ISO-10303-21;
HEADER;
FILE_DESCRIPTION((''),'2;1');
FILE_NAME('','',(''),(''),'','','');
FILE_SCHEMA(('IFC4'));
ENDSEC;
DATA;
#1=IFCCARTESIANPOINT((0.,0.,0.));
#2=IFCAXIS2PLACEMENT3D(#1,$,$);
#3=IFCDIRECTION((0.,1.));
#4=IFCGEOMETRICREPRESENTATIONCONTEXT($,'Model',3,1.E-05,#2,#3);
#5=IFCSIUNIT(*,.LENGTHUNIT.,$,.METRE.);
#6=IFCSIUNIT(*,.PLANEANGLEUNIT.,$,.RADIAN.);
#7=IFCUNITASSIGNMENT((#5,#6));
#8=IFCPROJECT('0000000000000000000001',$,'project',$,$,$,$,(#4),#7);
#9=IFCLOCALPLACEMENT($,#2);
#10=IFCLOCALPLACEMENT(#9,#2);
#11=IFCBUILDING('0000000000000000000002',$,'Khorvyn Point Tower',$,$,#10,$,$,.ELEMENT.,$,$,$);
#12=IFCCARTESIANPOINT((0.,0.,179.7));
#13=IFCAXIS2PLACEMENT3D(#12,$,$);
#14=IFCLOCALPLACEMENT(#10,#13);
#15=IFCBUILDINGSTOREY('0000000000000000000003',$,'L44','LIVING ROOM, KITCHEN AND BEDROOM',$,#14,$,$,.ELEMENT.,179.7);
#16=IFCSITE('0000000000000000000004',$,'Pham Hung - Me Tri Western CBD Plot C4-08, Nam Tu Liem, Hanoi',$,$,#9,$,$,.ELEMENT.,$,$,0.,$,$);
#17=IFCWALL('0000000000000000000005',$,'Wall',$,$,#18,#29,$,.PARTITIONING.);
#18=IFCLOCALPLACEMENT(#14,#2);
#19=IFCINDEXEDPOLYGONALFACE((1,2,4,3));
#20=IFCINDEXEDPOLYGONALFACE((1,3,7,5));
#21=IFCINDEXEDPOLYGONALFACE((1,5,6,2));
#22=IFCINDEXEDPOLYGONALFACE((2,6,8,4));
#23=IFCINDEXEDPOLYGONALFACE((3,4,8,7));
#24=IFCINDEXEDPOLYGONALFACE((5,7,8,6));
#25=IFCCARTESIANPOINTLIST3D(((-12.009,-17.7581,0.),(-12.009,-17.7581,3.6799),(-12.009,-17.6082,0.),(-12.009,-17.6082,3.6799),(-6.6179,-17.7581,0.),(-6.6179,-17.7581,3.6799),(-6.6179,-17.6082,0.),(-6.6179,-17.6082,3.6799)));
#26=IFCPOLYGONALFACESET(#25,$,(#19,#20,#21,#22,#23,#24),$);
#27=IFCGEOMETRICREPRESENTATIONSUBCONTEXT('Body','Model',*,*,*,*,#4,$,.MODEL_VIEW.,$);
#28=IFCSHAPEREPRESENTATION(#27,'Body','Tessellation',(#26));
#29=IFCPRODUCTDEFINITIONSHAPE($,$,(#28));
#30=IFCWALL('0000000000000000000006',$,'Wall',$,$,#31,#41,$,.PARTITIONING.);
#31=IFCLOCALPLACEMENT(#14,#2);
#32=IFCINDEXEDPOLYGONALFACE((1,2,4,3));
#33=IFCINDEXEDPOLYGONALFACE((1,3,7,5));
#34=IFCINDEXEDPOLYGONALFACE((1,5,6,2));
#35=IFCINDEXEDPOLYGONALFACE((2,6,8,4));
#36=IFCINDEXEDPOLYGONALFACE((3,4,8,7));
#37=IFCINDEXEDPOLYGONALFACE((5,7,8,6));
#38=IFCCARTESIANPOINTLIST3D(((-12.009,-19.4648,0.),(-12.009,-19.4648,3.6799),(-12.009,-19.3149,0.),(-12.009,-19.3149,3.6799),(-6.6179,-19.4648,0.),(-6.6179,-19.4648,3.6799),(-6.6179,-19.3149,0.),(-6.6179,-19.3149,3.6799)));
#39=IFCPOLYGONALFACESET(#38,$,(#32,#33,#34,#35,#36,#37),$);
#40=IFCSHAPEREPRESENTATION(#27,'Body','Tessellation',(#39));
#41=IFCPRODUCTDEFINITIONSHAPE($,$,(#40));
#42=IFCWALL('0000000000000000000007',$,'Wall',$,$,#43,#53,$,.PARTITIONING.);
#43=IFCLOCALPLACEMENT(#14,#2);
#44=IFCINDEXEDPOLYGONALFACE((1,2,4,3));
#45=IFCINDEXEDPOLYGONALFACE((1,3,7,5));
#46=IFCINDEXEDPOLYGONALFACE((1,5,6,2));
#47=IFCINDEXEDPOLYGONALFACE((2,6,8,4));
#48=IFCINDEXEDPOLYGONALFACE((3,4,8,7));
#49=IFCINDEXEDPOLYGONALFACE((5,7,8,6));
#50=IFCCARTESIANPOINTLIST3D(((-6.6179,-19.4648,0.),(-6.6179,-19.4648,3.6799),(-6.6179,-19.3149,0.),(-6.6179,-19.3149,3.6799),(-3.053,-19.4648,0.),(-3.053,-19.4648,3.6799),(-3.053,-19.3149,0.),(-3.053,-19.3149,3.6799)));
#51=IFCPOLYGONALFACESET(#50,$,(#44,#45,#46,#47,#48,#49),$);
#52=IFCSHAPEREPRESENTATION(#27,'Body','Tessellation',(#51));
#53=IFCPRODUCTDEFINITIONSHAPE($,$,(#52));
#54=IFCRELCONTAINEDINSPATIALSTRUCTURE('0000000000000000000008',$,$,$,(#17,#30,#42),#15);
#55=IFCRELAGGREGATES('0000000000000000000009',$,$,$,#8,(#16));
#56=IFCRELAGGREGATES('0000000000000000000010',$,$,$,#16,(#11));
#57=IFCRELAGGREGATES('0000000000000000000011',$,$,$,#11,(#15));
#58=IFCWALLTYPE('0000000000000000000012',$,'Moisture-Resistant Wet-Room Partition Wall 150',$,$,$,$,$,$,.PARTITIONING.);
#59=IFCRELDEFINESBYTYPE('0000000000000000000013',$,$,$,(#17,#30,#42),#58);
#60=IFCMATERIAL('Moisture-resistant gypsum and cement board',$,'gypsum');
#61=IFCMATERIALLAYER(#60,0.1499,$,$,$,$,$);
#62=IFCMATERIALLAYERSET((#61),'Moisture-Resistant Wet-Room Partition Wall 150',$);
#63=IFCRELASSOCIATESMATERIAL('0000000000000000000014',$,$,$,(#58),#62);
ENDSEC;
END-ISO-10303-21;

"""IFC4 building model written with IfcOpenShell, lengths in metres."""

from ifc_helpers import new_model, si_unit, direction, frame, frame_2d, origin, place, context, subcontext, project, spatial, rectangle, extrude, material, layer, layer_set, type_object, element, save


model = new_model("IFC4")

# Units and contexts
model_context = context("Model", 3, precision=1e-05, world=origin(), true_north=direction((0.0, 1.0)))
body_context = subcontext(model_context, "Body", "Model", "MODEL_VIEW")
ifc_project = project(units=[si_unit("LENGTHUNIT", "METRE"), si_unit("PLANEANGLEUNIT", "RADIAN")], contexts=[model_context])

# Site, building, storey
site_placement = place(None, origin())
site = spatial("IfcSite", under=ifc_project, at=site_placement, Name="Pham Hung - Me Tri Western CBD Plot C4-08, Nam Tu Liem, Hanoi", CompositionType="ELEMENT", RefElevation=0.0)
building_placement = place(site_placement, origin())
building = spatial("IfcBuilding", under=site, at=building_placement, Name="Khorvyn Point Tower", CompositionType="ELEMENT")
storey_placement = place(building_placement, frame((0.0, 0.0, 179.7)))
storey = spatial("IfcBuildingStorey", under=building, at=storey_placement, Name="L44", Description="LIVING ROOM, KITCHEN AND BEDROOM", CompositionType="ELEMENT", Elevation=179.7)

# Shared definitions
ifc_material_1 = material(Name="Moisture-resistant gypsum and cement board", Category="gypsum")
ifc_layer_1 = layer(ifc_material_1, 0.1499)
ifc_layer_set_1 = layer_set([ifc_layer_1], Name="Moisture-Resistant Wet-Room Partition Wall 150")
wall_type_1 = type_object("IfcWallType", Name="Moisture-Resistant Wet-Room Partition Wall 150", PredefinedType="PARTITIONING", material=ifc_layer_set_1)

# Walls
for number, where, z_axis, x_axis, name in (
    (1, (-12.009, -17.6831, 0.0), (0.0, 0.0, 1.0), (1.0, 0.0, 0.0), "Wall"),
    (2, (-12.009, -19.3899, 0.0), (0.0, 0.0, 1.0), (1.0, 0.0, 0.0), "Wall"),
):
    element("IfcWall", number, at=place(storey_placement, frame(where, z_axis=z_axis, x_axis=x_axis)), inside=storey, type_object=wall_type_1, Name=name, PredefinedType="PARTITIONING", context=body_context, shape_type="SweptSolid", body=[
        extrude(rectangle(XDim=5.3911, YDim=0.1499, at=frame_2d((2.6956, 0.0))), origin(), (0.0, 0.0, 1.0), 3.6799),
    ])
wall_1_placement = place(storey_placement, frame((-6.6179, -19.3899, 0.0), z_axis=(0.0, 0.0, 1.0), x_axis=(1.0, 0.0, 0.0)))
element("IfcWall", 3, at=wall_1_placement, inside=storey, type_object=wall_type_1, Name="Wall", PredefinedType="PARTITIONING", context=body_context, shape_type="SweptSolid", body=[
    extrude(rectangle(XDim=3.5649, YDim=0.1499, at=frame_2d((1.7825, 0.0))), origin(), (0.0, 0.0, 1.0), 3.6799),
])

save(model, "model.ifc")
